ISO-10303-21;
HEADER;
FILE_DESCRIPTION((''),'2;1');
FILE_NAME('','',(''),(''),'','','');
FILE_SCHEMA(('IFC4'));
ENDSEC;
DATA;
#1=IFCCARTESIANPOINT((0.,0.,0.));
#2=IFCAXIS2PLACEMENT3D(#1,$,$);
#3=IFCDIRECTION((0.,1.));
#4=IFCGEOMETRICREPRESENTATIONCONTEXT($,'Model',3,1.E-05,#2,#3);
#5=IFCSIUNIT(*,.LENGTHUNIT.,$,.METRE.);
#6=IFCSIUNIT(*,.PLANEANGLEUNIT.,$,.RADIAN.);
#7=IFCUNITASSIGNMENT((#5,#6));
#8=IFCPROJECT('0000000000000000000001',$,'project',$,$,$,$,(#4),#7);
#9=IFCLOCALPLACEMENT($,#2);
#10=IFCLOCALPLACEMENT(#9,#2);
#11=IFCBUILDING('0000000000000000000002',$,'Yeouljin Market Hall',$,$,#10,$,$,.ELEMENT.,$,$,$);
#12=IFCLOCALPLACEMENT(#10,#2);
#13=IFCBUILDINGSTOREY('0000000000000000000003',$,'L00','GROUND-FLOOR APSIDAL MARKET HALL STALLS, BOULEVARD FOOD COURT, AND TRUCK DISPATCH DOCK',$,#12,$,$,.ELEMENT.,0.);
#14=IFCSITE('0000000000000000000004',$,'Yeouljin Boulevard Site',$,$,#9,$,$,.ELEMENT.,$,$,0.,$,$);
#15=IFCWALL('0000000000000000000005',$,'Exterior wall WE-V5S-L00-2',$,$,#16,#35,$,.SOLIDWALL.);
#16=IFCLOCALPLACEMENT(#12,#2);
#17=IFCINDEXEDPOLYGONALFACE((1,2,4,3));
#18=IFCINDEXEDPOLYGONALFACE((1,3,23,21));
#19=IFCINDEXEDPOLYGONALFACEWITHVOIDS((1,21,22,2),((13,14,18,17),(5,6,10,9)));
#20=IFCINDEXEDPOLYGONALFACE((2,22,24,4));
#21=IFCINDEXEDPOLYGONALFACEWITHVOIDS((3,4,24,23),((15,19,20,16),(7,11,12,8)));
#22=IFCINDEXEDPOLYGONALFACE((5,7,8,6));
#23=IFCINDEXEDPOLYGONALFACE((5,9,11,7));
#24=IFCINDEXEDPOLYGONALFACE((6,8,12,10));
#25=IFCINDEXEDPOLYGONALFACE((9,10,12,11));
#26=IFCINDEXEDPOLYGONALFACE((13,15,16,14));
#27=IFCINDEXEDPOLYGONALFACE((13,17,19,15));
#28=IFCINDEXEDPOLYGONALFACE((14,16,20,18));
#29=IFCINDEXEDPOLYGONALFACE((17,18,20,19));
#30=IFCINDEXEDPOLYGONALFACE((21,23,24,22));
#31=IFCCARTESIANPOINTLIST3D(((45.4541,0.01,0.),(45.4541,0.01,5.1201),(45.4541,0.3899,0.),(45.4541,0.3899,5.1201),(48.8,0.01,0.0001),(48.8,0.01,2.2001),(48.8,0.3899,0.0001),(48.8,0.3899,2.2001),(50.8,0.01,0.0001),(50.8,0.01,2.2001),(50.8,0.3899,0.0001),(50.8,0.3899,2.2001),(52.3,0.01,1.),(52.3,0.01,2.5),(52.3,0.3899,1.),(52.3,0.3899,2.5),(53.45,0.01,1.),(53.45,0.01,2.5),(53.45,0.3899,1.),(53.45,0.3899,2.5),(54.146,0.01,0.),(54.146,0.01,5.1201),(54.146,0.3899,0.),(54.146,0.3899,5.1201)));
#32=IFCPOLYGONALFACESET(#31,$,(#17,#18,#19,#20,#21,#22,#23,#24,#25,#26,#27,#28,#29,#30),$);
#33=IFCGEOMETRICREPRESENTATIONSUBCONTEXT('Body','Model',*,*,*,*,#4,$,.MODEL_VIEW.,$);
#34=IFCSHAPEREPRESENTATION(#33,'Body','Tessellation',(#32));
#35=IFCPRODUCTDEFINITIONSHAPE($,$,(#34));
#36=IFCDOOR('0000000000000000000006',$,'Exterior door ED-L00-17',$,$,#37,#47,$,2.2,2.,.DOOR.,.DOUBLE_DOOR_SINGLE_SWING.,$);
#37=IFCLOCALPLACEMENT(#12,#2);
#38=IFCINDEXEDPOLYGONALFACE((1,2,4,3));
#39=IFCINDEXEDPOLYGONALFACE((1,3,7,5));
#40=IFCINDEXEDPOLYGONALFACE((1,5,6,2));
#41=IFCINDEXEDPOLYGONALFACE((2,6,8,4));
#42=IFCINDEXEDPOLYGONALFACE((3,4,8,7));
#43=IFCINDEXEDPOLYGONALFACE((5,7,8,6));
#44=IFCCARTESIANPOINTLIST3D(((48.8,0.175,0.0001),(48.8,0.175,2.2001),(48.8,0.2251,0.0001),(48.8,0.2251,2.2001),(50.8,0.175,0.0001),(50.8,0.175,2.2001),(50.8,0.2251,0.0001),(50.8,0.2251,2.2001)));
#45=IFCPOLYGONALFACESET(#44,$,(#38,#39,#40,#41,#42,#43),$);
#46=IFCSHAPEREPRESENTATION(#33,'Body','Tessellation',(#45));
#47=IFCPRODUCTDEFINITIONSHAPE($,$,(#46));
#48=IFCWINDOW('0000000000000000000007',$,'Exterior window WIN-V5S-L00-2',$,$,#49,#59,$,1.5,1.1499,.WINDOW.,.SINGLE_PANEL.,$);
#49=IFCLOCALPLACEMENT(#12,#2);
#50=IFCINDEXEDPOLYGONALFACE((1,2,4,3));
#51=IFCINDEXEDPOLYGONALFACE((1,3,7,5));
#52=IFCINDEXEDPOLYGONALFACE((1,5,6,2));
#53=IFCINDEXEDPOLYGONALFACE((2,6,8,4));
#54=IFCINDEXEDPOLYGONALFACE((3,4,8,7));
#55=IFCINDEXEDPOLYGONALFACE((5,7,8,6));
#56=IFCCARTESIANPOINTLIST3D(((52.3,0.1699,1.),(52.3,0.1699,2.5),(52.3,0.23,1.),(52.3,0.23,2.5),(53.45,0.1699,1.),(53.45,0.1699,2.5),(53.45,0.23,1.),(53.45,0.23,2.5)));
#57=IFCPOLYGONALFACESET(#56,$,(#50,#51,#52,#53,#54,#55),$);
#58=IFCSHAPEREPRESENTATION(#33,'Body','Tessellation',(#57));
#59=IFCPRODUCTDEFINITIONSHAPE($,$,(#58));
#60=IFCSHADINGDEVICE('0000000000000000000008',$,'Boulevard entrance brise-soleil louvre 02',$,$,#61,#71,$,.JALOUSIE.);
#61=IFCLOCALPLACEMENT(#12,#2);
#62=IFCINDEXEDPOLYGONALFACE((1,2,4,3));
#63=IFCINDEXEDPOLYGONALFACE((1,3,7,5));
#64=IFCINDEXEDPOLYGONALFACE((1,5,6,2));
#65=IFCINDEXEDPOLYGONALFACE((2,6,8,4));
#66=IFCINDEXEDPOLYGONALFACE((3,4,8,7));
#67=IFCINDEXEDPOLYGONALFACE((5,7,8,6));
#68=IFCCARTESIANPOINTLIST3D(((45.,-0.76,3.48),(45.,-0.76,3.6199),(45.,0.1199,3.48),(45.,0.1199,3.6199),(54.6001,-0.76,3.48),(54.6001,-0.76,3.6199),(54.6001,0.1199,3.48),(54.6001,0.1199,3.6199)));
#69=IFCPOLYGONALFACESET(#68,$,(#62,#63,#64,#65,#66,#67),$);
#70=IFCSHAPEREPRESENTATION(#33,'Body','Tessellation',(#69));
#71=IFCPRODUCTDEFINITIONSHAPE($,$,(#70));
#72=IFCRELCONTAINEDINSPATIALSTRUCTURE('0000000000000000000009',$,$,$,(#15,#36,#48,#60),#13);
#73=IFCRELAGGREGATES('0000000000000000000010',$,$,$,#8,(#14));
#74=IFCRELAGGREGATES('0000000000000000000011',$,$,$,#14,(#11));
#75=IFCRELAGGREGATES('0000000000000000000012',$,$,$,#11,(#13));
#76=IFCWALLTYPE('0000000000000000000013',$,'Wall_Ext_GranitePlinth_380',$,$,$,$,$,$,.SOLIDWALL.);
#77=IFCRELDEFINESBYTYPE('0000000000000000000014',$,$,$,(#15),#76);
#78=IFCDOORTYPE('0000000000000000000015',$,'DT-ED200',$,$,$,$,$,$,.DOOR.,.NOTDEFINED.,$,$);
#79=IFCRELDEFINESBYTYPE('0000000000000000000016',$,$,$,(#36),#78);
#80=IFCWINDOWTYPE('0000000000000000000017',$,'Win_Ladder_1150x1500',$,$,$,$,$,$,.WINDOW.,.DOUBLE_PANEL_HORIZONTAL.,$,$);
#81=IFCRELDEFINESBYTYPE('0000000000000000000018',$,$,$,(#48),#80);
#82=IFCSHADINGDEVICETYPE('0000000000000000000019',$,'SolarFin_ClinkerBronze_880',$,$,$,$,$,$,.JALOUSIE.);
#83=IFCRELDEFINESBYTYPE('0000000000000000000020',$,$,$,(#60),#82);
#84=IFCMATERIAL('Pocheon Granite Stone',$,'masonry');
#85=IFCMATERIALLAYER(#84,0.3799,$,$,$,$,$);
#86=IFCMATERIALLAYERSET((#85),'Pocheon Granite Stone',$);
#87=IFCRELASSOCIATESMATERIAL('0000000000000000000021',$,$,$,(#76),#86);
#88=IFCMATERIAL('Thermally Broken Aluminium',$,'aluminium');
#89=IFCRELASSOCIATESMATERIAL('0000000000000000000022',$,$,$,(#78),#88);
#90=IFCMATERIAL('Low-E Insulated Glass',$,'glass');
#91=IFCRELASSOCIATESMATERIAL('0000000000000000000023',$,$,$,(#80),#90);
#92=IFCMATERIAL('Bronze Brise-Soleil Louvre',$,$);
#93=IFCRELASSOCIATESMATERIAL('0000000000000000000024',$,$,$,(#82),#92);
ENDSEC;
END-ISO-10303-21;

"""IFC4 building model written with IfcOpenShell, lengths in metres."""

from ifc_helpers import new_model, si_unit, direction, frame, frame_2d, origin, origin_2d, place, context, subcontext, project, spatial, rectangle, extrude, material, layer, layer_set, type_object, element, fill, save


model = new_model("IFC4")

# Units and contexts
model_context = context("Model", 3, precision=1e-05, world=origin(), true_north=direction((0.0, 1.0)))
body_context = subcontext(model_context, "Body", "Model", "MODEL_VIEW")
ifc_project = project(units=[si_unit("LENGTHUNIT", "METRE"), si_unit("PLANEANGLEUNIT", "RADIAN")], contexts=[model_context])

# Site, building, storey
site_placement = place(None, origin())
site = spatial("IfcSite", under=ifc_project, at=site_placement, Name="Yeouljin Boulevard Site", CompositionType="ELEMENT", RefElevation=0.0)
building_placement = place(site_placement, origin())
building = spatial("IfcBuilding", under=site, at=building_placement, Name="Yeouljin Market Hall", CompositionType="ELEMENT")
storey_placement = place(building_placement, origin())
storey = spatial("IfcBuildingStorey", under=building, at=storey_placement, Name="L00", Description="GROUND-FLOOR APSIDAL MARKET HALL STALLS, BOULEVARD FOOD COURT, AND TRUCK DISPATCH DOCK", CompositionType="ELEMENT", Elevation=0.0)

# Wall, openings, door, window
ifc_material_1 = material(Name="Pocheon Granite Stone", Category="masonry")
ifc_layer_1 = layer(ifc_material_1, 0.3799)
ifc_layer_set_1 = layer_set([ifc_layer_1], Name="Pocheon Granite Stone")
wall_type = type_object("IfcWallType", Name="Wall_Ext_GranitePlinth_380", PredefinedType="SOLIDWALL", material=ifc_layer_set_1)
wall_placement = place(storey_placement, frame((54.146, 0.2, 0.0), z_axis=(0.0, 0.0, 1.0), x_axis=(-1.0, 0.0, 0.0)))
wall = element("IfcWall", 1, at=wall_placement, inside=storey, type_object=wall_type, Name="Exterior wall WE-V5S-L00-2", PredefinedType="SOLIDWALL", context=body_context, shape_type="SweptSolid", body=[
    extrude(rectangle(XDim=8.6919, YDim=0.3799, at=frame_2d((4.3459, 0.0))), origin(), (0.0, 0.0, 1.0), 5.1201),
])
opening_1_placement = place(wall_placement, frame((3.3459, 0.0, 0.0)))
opening_1 = element("IfcOpeningElement", 2, at=opening_1_placement, cuts=wall, PredefinedType="OPENING", context=body_context, shape_type="SweptSolid", body=[
    extrude(rectangle(XDim=2.0, YDim=2.2, at=frame_2d((1.0, 1.1001))), frame((0.0, 0.2, 0.0), z_axis=(0.0, -1.0, 0.0), x_axis=(1.0, 0.0, 0.0)), (0.0, 0.0, 1.0), 0.3999),
])
opening_2_placement = place(wall_placement, frame((0.696, 0.0, 1.0)))
opening_2 = element("IfcOpeningElement", 3, at=opening_2_placement, cuts=wall, PredefinedType="OPENING", context=body_context, shape_type="SweptSolid", body=[
    extrude(rectangle(XDim=1.1499, YDim=1.5, at=frame_2d((0.575, 0.75))), frame((0.0, 0.2, 0.0), z_axis=(0.0, -1.0, 0.0), x_axis=(1.0, 0.0, 0.0)), (0.0, 0.0, 1.0), 0.3999),
])
ifc_material_2 = material(Name="Thermally Broken Aluminium", Category="aluminium")
door_type = type_object("IfcDoorType", Name="DT-ED200", OperationType="NOTDEFINED", PredefinedType="DOOR", material=ifc_material_2)
door_placement = place(opening_1_placement, origin())
door = element("IfcDoor", 4, at=door_placement, inside=storey, type_object=door_type, Name="Exterior door ED-L00-17", OperationType="DOUBLE_DOOR_SINGLE_SWING", OverallHeight=2.2, OverallWidth=2.0, PredefinedType="DOOR", context=body_context, shape_type="SweptSolid", body=[
    extrude(rectangle(XDim=2.0, YDim=2.2, at=frame_2d((1.0, 1.1001))), frame((0.0, 0.0249, 0.0), z_axis=(0.0, -1.0, 0.0), x_axis=(1.0, 0.0, 0.0)), (0.0, 0.0, 1.0), 0.05),
])
fill(opening_1, door)
ifc_material_3 = material(Name="Low-E Insulated Glass", Category="glass")
window_type = type_object("IfcWindowType", Name="Win_Ladder_1150x1500", PartitioningType="DOUBLE_PANEL_HORIZONTAL", PredefinedType="WINDOW", material=ifc_material_3)
window_placement = place(opening_2_placement, origin())
window = element("IfcWindow", 5, at=window_placement, inside=storey, type_object=window_type, Name="Exterior window WIN-V5S-L00-2", OverallHeight=1.5, OverallWidth=1.1499, PartitioningType="SINGLE_PANEL", PredefinedType="WINDOW", context=body_context, shape_type="SweptSolid", body=[
    extrude(rectangle(XDim=1.1499, YDim=1.5, at=frame_2d((0.575, 0.75))), frame((0.0, 0.03, 0.0), z_axis=(0.0, -1.0, 0.0), x_axis=(1.0, 0.0, 0.0)), (0.0, 0.0, 1.0), 0.0601),
])
fill(opening_2, window)

# Shading device
ifc_material_4 = material(Name="Bronze Brise-Soleil Louvre")
shading_device_type = type_object("IfcShadingDeviceType", Name="SolarFin_ClinkerBronze_880", PredefinedType="JALOUSIE", material=ifc_material_4)
shading_device_placement = place(storey_placement, frame((49.8, -0.3201, 3.48), z_axis=(0.0, 0.0, 1.0), x_axis=(1.0, 0.0, 0.0)))
element("IfcShadingDevice", 6, at=shading_device_placement, inside=storey, type_object=shading_device_type, Name="Boulevard entrance brise-soleil louvre 02", PredefinedType="JALOUSIE", context=body_context, shape_type="SweptSolid", body=[
    extrude(rectangle(XDim=9.6001, YDim=0.8799, at=origin_2d()), origin(), (0.0, 0.0, 1.0), 0.1399),
])

save(model, "model.ifc")
